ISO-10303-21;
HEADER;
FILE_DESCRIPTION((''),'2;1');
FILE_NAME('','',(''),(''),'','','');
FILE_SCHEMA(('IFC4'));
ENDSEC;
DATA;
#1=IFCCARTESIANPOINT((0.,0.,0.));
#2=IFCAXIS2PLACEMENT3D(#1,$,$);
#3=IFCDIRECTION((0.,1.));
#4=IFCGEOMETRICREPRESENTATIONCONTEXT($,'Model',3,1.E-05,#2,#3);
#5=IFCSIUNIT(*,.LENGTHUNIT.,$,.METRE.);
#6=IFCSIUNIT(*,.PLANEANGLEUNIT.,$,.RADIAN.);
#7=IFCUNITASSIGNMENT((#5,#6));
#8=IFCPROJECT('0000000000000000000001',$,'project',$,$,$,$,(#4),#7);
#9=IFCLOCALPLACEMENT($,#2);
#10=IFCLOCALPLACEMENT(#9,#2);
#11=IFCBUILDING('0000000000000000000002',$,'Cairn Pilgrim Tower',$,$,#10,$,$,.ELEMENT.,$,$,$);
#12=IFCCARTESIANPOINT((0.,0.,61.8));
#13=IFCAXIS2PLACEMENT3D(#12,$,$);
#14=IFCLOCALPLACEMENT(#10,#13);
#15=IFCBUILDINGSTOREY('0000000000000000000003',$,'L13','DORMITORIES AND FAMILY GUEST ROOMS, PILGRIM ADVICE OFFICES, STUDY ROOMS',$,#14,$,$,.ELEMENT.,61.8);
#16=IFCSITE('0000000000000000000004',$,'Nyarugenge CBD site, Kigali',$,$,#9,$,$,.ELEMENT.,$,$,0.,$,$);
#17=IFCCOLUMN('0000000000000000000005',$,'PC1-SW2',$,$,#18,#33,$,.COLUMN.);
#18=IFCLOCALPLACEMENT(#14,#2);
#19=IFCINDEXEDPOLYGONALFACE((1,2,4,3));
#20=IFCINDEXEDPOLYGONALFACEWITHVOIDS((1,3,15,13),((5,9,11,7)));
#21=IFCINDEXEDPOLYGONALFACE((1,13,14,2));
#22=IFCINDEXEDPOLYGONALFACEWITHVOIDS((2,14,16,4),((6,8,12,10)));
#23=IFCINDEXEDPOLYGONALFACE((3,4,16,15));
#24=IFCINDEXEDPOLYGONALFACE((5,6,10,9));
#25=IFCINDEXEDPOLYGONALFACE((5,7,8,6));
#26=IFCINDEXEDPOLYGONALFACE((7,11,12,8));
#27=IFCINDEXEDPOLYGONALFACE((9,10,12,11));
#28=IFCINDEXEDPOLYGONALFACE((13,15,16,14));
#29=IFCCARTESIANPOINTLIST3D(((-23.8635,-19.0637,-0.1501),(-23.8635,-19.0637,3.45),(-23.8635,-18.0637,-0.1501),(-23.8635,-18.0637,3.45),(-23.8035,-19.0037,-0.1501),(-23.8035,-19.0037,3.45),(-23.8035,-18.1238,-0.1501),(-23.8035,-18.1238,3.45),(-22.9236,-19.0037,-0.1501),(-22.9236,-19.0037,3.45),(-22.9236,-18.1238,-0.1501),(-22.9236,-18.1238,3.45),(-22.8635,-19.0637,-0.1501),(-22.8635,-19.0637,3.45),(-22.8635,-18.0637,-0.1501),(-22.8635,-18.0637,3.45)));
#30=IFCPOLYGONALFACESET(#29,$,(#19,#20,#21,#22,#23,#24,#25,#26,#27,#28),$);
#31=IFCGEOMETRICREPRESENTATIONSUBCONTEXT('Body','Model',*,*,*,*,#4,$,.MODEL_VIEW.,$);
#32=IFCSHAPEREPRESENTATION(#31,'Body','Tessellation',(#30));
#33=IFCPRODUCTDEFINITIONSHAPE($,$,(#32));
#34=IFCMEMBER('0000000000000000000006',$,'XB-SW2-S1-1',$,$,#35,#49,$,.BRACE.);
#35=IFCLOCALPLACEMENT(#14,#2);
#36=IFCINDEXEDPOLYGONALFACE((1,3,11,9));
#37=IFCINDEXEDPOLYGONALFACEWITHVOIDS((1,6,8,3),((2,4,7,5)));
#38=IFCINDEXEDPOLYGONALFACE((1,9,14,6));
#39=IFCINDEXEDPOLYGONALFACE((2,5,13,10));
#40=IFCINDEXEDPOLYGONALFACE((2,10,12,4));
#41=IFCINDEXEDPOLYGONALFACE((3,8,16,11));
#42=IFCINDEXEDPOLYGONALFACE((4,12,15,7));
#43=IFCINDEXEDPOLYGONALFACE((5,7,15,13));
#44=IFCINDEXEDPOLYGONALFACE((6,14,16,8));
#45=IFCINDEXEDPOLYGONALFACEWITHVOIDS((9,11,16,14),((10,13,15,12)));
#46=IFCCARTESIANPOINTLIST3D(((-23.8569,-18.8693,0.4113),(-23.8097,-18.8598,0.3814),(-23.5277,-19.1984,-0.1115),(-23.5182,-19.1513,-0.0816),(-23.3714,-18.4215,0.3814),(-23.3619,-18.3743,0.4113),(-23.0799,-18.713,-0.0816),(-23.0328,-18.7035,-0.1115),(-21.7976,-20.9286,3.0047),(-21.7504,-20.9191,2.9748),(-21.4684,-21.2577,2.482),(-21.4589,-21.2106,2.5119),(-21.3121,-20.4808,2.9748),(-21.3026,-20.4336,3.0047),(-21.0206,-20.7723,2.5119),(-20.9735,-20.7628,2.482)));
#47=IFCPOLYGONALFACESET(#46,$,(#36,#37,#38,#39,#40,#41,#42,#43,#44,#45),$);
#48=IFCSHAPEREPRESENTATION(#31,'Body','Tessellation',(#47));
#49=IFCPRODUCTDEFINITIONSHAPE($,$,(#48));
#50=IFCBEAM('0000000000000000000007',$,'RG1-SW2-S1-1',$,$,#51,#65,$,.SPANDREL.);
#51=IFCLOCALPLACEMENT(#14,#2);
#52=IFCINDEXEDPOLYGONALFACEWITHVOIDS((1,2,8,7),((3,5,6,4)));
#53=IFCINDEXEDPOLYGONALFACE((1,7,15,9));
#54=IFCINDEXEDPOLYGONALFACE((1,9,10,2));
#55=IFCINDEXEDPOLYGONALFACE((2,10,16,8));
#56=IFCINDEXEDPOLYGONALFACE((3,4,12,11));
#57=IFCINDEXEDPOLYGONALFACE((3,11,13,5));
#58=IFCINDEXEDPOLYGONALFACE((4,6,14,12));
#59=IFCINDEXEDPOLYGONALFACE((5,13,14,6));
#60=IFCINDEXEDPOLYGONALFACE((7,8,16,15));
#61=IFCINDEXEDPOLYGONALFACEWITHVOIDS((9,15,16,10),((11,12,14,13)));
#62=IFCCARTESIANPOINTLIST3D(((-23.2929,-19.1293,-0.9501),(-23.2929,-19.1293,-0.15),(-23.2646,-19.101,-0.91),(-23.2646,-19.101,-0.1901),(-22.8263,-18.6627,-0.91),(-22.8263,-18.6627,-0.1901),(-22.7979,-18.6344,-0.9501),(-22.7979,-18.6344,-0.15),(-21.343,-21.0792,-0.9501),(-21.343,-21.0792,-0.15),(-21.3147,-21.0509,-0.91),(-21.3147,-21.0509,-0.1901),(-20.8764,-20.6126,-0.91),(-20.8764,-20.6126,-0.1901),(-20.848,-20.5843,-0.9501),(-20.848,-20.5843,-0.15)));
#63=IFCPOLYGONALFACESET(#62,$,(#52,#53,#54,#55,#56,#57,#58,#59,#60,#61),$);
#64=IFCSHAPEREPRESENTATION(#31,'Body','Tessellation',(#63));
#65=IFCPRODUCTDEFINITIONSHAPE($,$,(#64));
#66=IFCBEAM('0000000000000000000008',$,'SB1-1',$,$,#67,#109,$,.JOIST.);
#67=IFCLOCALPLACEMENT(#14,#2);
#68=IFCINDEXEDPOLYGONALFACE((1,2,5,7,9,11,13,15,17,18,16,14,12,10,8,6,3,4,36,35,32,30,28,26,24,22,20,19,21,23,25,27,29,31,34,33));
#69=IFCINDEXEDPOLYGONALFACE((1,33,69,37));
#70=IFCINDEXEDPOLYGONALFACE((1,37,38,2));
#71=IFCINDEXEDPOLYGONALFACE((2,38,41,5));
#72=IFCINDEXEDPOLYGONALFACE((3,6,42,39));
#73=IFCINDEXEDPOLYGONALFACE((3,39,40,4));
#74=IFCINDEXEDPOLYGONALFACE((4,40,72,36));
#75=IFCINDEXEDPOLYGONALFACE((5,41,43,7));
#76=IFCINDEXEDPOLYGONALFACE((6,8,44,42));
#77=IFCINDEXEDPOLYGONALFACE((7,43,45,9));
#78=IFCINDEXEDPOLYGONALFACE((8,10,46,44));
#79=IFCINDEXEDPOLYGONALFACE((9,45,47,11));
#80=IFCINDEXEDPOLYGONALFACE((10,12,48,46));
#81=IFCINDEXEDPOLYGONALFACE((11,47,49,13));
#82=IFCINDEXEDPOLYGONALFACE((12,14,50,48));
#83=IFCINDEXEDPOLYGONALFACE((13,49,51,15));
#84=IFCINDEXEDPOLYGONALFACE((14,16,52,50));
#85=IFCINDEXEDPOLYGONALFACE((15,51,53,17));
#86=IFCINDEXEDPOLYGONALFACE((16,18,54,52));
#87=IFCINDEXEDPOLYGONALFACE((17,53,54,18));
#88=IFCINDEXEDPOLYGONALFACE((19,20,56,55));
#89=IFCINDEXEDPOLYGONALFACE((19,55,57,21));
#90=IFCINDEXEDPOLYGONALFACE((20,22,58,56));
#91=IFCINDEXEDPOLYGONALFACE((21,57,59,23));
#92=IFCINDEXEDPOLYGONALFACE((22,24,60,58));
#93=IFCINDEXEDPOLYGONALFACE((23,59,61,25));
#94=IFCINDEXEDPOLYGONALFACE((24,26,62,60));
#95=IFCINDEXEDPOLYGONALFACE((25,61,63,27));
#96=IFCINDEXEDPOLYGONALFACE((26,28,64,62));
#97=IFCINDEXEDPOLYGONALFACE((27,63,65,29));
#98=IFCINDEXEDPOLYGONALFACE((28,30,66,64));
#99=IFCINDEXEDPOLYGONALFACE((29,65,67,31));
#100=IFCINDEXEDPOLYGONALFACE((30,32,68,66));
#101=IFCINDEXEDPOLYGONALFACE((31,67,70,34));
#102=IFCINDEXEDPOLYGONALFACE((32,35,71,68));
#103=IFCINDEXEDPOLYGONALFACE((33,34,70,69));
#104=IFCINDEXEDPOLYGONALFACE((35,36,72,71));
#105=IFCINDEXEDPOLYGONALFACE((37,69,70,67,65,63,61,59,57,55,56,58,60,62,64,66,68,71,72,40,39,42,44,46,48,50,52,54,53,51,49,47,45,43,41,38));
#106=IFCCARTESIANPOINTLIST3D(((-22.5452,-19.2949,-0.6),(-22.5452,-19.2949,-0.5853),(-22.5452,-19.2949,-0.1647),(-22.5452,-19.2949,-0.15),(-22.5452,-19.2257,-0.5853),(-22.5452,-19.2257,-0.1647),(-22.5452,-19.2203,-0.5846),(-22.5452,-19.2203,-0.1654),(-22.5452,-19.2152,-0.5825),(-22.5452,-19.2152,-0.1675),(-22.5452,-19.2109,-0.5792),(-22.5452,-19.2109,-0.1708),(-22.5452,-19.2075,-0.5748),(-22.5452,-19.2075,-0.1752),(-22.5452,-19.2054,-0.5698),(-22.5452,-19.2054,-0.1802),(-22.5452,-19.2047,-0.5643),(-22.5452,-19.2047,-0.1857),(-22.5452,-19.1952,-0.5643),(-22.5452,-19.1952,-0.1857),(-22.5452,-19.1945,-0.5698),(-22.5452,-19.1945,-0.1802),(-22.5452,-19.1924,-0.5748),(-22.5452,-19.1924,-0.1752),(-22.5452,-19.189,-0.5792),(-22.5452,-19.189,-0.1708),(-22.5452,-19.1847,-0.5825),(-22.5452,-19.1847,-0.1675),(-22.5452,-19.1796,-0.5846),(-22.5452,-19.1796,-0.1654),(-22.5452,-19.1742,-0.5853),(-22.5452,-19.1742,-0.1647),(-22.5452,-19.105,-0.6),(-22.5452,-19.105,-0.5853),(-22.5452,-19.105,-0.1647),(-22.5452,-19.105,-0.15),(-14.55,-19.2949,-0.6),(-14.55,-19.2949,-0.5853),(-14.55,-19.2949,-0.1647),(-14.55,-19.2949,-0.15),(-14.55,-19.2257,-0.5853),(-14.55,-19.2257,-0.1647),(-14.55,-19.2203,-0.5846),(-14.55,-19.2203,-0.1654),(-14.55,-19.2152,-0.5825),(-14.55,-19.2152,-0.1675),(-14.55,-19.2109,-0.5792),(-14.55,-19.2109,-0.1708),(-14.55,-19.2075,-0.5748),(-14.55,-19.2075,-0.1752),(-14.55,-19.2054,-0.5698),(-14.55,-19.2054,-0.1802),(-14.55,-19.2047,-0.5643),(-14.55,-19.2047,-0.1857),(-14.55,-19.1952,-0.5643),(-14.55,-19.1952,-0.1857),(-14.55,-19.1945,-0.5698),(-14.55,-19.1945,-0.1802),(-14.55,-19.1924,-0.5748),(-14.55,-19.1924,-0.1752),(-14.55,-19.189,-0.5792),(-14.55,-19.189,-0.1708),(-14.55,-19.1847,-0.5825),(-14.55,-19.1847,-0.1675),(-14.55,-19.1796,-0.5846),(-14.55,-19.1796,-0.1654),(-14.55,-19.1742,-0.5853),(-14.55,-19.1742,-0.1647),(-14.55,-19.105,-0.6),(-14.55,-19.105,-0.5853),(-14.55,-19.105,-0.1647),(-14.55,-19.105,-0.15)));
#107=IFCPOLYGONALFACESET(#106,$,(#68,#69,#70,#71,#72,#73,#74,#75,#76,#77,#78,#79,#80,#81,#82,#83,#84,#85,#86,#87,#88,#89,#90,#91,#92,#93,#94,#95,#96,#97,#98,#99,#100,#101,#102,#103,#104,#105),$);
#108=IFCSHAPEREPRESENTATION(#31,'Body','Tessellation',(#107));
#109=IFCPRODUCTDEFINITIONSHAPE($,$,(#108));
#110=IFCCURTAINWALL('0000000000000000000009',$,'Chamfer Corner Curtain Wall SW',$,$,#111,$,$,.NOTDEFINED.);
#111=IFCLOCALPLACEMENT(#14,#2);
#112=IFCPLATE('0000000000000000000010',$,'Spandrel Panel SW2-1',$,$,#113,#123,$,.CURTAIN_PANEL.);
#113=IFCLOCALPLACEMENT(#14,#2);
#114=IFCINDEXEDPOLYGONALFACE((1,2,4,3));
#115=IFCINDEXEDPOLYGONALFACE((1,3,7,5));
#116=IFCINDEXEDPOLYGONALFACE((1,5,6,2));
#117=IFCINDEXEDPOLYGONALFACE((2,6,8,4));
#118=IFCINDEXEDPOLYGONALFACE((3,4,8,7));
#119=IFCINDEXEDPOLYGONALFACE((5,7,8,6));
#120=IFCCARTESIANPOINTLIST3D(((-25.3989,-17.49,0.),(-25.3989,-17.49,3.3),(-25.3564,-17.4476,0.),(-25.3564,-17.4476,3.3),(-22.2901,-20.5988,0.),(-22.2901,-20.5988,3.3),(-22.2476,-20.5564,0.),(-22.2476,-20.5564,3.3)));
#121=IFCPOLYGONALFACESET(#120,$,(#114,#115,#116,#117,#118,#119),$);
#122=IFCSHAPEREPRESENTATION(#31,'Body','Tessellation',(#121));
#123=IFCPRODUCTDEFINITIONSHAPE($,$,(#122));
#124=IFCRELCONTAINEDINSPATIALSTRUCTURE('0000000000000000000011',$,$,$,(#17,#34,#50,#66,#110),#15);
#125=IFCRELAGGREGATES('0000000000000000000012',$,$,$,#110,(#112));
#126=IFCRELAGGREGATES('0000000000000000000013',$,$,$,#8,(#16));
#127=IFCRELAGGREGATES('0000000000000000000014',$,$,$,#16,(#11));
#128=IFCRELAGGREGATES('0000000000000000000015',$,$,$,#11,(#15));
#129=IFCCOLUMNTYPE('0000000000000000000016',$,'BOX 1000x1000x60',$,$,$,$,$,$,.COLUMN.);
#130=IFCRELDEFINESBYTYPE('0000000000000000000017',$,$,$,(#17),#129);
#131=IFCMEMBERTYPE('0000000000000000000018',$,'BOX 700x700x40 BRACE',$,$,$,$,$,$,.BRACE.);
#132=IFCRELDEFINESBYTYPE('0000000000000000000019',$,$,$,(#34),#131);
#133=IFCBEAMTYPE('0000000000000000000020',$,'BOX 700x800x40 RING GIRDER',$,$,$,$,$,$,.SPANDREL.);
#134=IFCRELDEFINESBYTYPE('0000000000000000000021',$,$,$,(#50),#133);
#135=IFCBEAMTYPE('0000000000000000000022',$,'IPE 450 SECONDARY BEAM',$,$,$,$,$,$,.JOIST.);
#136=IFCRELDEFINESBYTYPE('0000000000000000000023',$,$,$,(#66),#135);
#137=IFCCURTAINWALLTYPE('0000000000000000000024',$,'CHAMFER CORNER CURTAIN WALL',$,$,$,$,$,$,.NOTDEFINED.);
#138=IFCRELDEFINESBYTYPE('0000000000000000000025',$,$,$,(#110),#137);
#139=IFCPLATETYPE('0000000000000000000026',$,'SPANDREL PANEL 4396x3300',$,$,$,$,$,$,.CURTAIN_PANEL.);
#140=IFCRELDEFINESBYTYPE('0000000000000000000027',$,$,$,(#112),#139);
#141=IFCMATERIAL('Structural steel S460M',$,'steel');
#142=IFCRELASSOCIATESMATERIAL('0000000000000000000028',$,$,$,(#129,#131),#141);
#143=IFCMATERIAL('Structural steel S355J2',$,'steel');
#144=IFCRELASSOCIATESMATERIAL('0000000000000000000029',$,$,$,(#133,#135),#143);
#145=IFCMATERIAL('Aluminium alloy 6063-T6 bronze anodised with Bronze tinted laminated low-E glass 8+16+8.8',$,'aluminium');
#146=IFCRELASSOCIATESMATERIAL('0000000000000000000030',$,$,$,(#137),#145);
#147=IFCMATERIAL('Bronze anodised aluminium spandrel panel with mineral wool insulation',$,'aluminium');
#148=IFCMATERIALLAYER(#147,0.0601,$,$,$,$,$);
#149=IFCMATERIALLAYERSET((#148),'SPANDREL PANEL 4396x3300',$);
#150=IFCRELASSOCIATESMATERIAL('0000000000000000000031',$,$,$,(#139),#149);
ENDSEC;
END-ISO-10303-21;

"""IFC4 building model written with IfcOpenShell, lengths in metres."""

from ifc_helpers import new_model, si_unit, direction, frame, origin, origin_2d, place, context, subcontext, project, spatial, rectangle, hollow_rectangle, i_section, extrude, material, layer, layer_set, material_profile, profile_set, type_object, element, aggregate, save


model = new_model("IFC4")

# Units and contexts
model_context = context("Model", 3, precision=1e-05, world=origin(), true_north=direction((0.0, 1.0)))
body_context = subcontext(model_context, "Body", "Model", "MODEL_VIEW")
ifc_project = project(units=[si_unit("LENGTHUNIT", "METRE"), si_unit("PLANEANGLEUNIT", "RADIAN")], contexts=[model_context])

# Site, building, storey
site_placement = place(None, origin())
site = spatial("IfcSite", under=ifc_project, at=site_placement, Name="Nyarugenge CBD site, Kigali", CompositionType="ELEMENT", RefElevation=0.0)
building_placement = place(site_placement, origin())
building = spatial("IfcBuilding", under=site, at=building_placement, Name="Cairn Pilgrim Tower", CompositionType="ELEMENT")
storey_placement = place(building_placement, frame((0.0, 0.0, 61.8)))
storey = spatial("IfcBuildingStorey", under=building, at=storey_placement, Name="L13", Description="DORMITORIES AND FAMILY GUEST ROOMS, PILGRIM ADVICE OFFICES, STUDY ROOMS", CompositionType="ELEMENT", Elevation=61.8)

# Column
ifc_material_1 = material(Name="Structural steel S460M", Category="steel")
ifc_material_profile_1 = material_profile(ifc_material_1, hollow_rectangle(XDim=1.0, YDim=1.0, WallThickness=0.0601, at=origin_2d()), Name="BOX 1000x1000x60")
ifc_profile_set_1 = profile_set([ifc_material_profile_1], Name="Structural steel S460M")
column_type = type_object("IfcColumnType", Name="BOX 1000x1000x60", PredefinedType="COLUMN", material=ifc_profile_set_1)
column_placement = place(storey_placement, frame((-23.3635, -18.5637, -0.1501), z_axis=(0.0, 0.0, 1.0), x_axis=(1.0, 0.0, 0.0)))
element("IfcColumn", 1, at=column_placement, inside=storey, type_object=column_type, Name="PC1-SW2", PredefinedType="COLUMN", context=body_context, shape_type="SweptSolid", body=[
    extrude(hollow_rectangle(XDim=1.0, YDim=1.0, WallThickness=0.0601, at=origin_2d()), origin(), (0.0, 0.0, 1.0), 3.6001),
])

# Member
ifc_material_profile_2 = material_profile(ifc_material_1, hollow_rectangle(XDim=0.7, YDim=0.7, WallThickness=0.04, at=origin_2d()), Name="BOX 700x700x40")
ifc_profile_set_2 = profile_set([ifc_material_profile_2], Name="Structural steel S460M")
member_type = type_object("IfcMemberType", Name="BOX 700x700x40 BRACE", PredefinedType="BRACE", material=ifc_profile_set_2)
member_placement = place(storey_placement, frame((-23.4448, -18.7864, 0.1499), z_axis=(0.528068, -0.528068, 0.665047), x_axis=(0.707107, 0.707107, 0.0)))
element("IfcMember", 2, at=member_placement, inside=storey, type_object=member_type, Name="XB-SW2-S1-1", PredefinedType="BRACE", context=body_context, shape_type="SweptSolid", body=[
    extrude(hollow_rectangle(XDim=0.7, YDim=0.7, WallThickness=0.04, at=origin_2d()), origin(), (0.0, 0.0, 1.0), 3.8997),
])

# Beams
ifc_material_2 = material(Name="Structural steel S355J2", Category="steel")
ifc_material_profile_3 = material_profile(ifc_material_2, hollow_rectangle(XDim=0.7, YDim=0.8, WallThickness=0.04, at=origin_2d()), Name="BOX 700x800x40")
ifc_profile_set_3 = profile_set([ifc_material_profile_3], Name="Structural steel S355J2")
beam_type_1 = type_object("IfcBeamType", Name="BOX 700x800x40 RING GIRDER", PredefinedType="SPANDREL", material=ifc_profile_set_3)
beam_1_placement = place(storey_placement, frame((-23.0454, -18.8818, -0.55), z_axis=(0.707107, -0.707107, 0.0), x_axis=(0.707107, 0.707107, 0.0)))
element("IfcBeam", 3, at=beam_1_placement, inside=storey, type_object=beam_type_1, Name="RG1-SW2-S1-1", PredefinedType="SPANDREL", context=body_context, shape_type="SweptSolid", body=[
    extrude(hollow_rectangle(XDim=0.7, YDim=0.8, WallThickness=0.04, at=origin_2d()), origin(), (0.0, 0.0, 1.0), 2.7576),
])
ifc_material_profile_4 = material_profile(ifc_material_2, i_section(OverallWidth=0.1899, OverallDepth=0.45, WebThickness=0.0095, FlangeThickness=0.0146, FilletRadius=0.021, at=origin_2d()), Name="IPE 450")
ifc_profile_set_4 = profile_set([ifc_material_profile_4], Name="Structural steel S355J2")
beam_type_2 = type_object("IfcBeamType", Name="IPE 450 SECONDARY BEAM", PredefinedType="JOIST", material=ifc_profile_set_4)
beam_2_placement = place(storey_placement, frame((-22.5452, -19.2, -0.375), z_axis=(1.0, 0.0, 0.0), x_axis=(0.0, 1.0, 0.0)))
element("IfcBeam", 4, at=beam_2_placement, inside=storey, type_object=beam_type_2, Name="SB1-1", PredefinedType="JOIST", context=body_context, shape_type="SweptSolid", body=[
    extrude(i_section(OverallWidth=0.1899, OverallDepth=0.45, WebThickness=0.0095, FlangeThickness=0.0146, FilletRadius=0.021, at=origin_2d()), origin(), (0.0, 0.0, 1.0), 7.9951),
])

# Curtain wall, plate
ifc_material_3 = material(Name="Aluminium alloy 6063-T6 bronze anodised with Bronze tinted laminated low-E glass 8+16+8.8", Category="aluminium")
curtain_wall_type = type_object("IfcCurtainWallType", Name="CHAMFER CORNER CURTAIN WALL", PredefinedType="NOTDEFINED", material=ifc_material_3)
curtain_wall_placement = place(storey_placement, origin())
curtain_wall = element("IfcCurtainWall", 5, at=curtain_wall_placement, inside=storey, type_object=curtain_wall_type, Name="Chamfer Corner Curtain Wall SW", PredefinedType="NOTDEFINED")
ifc_material_4 = material(Name="Bronze anodised aluminium spandrel panel with mineral wool insulation", Category="aluminium")
ifc_layer_1 = layer(ifc_material_4, 0.0601)
ifc_layer_set_1 = layer_set([ifc_layer_1], Name="SPANDREL PANEL 4396x3300")
plate_type = type_object("IfcPlateType", Name="SPANDREL PANEL 4396x3300", PredefinedType="CURTAIN_PANEL", material=ifc_layer_set_1)
plate_placement = place(storey_placement, frame((-23.8232, -19.0232, 0.0), z_axis=(0.0, 0.0, 1.0), x_axis=(0.707107, -0.707107, 0.0)))
plate = element("IfcPlate", 6, at=plate_placement, type_object=plate_type, Name="Spandrel Panel SW2-1", PredefinedType="CURTAIN_PANEL", context=body_context, shape_type="SweptSolid", body=[
    extrude(rectangle(XDim=4.3965, YDim=0.0601, at=origin_2d()), origin(), (0.0, 0.0, 1.0), 3.3),
])
aggregate(curtain_wall, [plate])

save(model, "model.ifc")
